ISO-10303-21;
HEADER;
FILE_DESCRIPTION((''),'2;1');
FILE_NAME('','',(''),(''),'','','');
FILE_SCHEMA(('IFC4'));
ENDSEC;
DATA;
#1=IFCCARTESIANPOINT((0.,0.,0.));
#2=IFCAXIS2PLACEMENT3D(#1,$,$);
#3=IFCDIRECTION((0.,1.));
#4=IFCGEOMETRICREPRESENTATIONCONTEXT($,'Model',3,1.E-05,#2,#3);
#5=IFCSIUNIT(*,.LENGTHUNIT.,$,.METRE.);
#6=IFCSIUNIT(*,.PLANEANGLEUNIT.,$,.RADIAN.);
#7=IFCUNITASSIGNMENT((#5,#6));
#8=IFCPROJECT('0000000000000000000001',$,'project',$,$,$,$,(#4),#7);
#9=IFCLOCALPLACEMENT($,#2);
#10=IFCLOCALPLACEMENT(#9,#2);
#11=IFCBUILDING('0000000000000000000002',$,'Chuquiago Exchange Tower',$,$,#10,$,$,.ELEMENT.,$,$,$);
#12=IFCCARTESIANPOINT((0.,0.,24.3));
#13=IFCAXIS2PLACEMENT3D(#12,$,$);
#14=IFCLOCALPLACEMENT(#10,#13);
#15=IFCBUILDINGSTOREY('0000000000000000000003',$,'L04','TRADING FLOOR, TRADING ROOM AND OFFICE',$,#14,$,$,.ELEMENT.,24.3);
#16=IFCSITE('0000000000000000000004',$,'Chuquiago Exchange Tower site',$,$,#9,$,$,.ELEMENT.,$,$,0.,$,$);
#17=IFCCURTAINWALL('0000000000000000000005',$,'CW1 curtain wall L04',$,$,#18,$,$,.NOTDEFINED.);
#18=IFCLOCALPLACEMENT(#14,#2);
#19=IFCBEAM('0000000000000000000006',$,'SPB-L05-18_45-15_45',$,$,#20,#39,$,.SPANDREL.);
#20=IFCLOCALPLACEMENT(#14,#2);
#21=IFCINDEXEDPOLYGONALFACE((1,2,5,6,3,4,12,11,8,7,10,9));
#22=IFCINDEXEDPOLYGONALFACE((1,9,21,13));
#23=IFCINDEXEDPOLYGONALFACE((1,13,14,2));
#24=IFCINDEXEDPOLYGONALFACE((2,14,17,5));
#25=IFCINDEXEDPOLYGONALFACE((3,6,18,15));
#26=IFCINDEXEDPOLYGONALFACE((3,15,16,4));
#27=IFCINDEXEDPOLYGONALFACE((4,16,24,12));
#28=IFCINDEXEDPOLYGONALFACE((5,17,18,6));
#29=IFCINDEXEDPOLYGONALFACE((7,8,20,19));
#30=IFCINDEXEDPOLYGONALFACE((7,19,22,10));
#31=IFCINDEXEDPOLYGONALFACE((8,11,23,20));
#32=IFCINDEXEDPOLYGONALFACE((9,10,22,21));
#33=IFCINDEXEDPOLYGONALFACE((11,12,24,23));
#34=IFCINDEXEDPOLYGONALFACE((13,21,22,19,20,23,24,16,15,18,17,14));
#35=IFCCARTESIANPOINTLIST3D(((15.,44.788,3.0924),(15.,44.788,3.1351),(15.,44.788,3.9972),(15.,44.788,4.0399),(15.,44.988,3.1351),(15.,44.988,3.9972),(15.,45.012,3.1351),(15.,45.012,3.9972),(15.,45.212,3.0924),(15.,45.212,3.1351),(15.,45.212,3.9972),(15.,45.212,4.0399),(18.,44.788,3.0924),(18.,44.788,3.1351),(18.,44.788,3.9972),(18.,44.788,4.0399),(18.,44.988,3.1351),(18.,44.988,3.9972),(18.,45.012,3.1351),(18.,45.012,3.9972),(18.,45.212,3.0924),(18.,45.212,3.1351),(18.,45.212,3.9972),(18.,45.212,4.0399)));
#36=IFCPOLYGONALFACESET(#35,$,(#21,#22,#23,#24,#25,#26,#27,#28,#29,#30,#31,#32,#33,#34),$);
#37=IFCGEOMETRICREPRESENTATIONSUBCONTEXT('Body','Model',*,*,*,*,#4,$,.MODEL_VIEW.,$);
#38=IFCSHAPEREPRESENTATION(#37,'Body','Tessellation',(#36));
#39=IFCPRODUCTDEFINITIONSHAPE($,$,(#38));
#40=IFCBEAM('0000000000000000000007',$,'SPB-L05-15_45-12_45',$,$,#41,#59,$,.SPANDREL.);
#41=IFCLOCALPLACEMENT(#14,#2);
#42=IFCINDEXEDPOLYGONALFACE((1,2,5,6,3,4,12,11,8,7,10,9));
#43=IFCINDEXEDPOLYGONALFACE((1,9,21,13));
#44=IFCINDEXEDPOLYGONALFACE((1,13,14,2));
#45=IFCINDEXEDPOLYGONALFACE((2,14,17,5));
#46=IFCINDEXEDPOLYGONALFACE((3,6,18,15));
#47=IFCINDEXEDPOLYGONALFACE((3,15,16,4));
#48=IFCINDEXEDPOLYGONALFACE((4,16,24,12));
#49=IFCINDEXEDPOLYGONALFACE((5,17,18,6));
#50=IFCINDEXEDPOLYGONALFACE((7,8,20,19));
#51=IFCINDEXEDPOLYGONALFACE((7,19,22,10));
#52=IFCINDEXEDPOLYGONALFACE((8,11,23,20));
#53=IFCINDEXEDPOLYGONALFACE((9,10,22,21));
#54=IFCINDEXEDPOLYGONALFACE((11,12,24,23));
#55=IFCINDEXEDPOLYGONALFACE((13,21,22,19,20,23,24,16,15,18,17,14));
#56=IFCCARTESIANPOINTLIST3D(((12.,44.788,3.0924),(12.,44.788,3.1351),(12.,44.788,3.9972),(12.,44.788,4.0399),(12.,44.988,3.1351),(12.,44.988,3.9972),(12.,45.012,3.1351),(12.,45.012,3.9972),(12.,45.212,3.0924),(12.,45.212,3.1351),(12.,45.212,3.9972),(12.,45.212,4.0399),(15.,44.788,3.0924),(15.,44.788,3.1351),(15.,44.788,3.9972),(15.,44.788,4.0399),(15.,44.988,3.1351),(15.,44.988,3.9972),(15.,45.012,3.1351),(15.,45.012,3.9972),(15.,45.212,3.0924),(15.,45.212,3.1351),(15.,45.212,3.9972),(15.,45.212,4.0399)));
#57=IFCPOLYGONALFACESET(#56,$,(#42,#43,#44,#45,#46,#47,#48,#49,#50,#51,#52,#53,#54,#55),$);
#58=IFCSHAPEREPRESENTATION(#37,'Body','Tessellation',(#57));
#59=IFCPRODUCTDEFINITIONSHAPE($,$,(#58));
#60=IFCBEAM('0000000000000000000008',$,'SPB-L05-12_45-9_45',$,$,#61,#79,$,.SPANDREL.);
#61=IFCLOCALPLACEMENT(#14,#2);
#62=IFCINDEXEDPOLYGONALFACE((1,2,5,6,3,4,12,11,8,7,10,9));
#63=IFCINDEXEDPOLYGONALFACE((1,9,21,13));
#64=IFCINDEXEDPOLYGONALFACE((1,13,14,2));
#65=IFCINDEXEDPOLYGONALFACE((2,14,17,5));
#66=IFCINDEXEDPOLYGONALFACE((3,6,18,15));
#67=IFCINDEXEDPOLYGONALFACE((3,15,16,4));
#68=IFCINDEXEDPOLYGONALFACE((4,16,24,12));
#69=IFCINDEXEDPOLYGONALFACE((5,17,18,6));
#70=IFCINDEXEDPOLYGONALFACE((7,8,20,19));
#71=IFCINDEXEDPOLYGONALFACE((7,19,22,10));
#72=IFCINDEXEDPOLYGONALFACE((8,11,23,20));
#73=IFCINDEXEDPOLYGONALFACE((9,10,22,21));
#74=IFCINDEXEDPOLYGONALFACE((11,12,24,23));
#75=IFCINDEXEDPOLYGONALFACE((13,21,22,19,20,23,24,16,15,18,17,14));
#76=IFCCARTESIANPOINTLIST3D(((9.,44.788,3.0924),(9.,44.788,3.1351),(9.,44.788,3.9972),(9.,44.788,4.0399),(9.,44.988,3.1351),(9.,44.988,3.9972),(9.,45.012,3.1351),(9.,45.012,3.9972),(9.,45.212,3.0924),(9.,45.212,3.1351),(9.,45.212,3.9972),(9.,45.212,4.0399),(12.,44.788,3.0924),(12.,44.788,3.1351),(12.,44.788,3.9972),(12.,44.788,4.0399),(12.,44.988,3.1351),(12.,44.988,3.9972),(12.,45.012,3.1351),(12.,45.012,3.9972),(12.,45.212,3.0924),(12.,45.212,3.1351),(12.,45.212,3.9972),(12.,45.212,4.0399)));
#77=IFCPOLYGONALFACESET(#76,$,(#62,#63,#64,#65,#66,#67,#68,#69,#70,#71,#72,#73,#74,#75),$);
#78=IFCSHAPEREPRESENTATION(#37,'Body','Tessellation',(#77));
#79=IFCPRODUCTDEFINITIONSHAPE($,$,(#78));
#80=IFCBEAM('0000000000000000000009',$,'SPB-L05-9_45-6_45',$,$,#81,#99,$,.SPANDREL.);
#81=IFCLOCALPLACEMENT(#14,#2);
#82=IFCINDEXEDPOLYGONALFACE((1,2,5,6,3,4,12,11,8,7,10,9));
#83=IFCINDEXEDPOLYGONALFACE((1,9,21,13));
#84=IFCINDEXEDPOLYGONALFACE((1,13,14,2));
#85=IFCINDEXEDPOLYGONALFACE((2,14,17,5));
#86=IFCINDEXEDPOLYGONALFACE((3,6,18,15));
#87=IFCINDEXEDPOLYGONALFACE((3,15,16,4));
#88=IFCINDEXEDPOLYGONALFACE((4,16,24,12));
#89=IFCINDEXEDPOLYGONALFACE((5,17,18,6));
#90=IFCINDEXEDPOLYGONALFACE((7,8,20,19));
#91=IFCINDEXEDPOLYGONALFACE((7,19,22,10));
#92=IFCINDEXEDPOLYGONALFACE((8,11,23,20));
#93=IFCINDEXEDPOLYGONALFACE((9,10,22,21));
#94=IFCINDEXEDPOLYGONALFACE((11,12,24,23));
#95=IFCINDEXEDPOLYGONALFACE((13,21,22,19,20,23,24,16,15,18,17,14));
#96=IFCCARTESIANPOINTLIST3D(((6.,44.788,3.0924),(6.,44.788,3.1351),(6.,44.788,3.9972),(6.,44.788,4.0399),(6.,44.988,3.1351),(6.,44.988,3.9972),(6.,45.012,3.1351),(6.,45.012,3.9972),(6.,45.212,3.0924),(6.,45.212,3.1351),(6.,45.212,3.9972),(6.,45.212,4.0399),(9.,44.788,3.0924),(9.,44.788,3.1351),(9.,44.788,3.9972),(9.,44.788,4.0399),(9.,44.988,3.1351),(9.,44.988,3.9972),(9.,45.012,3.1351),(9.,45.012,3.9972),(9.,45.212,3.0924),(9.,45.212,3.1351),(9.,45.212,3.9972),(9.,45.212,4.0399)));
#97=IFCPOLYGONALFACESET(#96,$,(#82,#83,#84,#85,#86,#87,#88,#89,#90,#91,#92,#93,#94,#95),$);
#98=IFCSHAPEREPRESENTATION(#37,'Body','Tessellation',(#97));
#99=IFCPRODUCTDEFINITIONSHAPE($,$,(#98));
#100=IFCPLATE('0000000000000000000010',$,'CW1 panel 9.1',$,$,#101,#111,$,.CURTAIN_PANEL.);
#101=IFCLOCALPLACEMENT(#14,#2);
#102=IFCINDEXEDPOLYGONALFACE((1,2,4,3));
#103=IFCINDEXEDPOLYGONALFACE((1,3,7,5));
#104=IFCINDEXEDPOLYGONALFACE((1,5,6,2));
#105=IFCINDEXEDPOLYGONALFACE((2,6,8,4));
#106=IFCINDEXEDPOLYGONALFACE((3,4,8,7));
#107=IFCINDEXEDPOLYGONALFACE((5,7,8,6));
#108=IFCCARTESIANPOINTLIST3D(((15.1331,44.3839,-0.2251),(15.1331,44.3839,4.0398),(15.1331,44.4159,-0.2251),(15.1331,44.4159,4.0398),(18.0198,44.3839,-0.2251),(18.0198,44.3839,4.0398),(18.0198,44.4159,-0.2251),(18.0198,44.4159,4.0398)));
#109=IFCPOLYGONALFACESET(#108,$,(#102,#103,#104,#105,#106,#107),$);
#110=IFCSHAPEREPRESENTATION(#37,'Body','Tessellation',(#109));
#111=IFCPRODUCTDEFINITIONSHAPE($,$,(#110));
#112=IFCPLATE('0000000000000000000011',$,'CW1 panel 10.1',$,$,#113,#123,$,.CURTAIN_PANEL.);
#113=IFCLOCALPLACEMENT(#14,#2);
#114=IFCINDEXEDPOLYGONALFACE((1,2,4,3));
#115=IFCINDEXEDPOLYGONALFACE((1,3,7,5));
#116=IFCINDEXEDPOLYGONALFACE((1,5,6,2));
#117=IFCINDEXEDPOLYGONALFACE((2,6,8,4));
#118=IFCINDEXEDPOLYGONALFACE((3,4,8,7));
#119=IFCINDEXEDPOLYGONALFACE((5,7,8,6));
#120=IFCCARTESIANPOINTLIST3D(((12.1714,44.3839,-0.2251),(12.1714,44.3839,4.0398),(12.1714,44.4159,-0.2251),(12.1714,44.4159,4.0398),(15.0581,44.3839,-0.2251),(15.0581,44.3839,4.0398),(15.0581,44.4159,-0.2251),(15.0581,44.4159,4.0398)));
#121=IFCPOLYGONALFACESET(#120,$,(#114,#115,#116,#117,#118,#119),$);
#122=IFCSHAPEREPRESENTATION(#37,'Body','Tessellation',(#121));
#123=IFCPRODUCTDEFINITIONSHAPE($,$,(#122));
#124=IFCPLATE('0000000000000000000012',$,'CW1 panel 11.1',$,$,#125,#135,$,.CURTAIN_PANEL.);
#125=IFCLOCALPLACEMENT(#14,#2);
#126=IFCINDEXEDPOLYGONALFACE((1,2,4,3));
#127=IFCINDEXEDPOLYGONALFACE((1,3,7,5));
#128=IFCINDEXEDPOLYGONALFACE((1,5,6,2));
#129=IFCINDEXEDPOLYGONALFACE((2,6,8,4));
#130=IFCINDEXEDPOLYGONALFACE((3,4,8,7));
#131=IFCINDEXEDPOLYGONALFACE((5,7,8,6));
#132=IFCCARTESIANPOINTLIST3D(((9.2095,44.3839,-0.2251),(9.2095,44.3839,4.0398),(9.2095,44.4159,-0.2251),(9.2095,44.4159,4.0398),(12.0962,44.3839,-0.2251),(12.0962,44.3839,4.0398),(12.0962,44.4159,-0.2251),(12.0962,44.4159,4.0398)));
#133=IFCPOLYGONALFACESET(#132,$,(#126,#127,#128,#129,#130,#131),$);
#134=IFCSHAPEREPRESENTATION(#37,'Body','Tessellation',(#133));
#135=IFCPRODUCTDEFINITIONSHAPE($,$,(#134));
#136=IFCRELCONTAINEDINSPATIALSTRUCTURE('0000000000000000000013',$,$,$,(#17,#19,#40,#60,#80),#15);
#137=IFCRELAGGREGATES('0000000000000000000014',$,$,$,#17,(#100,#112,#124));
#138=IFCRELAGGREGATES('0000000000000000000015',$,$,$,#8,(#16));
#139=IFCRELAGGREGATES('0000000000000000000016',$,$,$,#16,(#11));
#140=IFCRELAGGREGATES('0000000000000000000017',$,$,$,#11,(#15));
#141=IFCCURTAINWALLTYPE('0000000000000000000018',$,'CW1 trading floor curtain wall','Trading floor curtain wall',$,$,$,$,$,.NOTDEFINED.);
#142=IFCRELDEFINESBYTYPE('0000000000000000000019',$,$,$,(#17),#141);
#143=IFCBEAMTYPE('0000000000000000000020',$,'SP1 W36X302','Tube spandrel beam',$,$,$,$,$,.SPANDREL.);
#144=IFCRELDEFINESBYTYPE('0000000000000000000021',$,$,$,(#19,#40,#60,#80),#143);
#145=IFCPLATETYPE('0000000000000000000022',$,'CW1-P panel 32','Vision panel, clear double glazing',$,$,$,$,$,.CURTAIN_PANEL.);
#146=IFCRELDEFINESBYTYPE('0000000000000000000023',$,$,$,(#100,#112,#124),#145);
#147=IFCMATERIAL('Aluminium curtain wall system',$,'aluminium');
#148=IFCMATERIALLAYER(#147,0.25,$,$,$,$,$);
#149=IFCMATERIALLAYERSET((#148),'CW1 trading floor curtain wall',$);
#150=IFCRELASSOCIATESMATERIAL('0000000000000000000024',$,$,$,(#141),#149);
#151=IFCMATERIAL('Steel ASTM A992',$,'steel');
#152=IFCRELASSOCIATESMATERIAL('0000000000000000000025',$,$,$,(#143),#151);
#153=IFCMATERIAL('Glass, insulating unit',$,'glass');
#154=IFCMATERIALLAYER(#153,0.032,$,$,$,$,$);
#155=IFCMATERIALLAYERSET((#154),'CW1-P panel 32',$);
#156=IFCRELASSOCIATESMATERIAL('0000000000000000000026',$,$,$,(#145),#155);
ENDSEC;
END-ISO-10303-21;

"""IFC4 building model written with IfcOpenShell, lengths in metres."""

from ifc_helpers import new_model, si_unit, direction, frame, origin, origin_2d, place, context, subcontext, project, spatial, rectangle, i_section, extrude, material, layer, layer_set, material_profile, profile_set, type_object, element, aggregate, save


model = new_model("IFC4")

# Units and contexts
model_context = context("Model", 3, precision=1e-05, world=origin(), true_north=direction((0.0, 1.0)))
body_context = subcontext(model_context, "Body", "Model", "MODEL_VIEW")
ifc_project = project(units=[si_unit("LENGTHUNIT", "METRE"), si_unit("PLANEANGLEUNIT", "RADIAN")], contexts=[model_context])

# Site, building, storey
site_placement = place(None, origin())
site = spatial("IfcSite", under=ifc_project, at=site_placement, Name="Chuquiago Exchange Tower site", CompositionType="ELEMENT", RefElevation=0.0)
building_placement = place(site_placement, origin())
building = spatial("IfcBuilding", under=site, at=building_placement, Name="Chuquiago Exchange Tower", CompositionType="ELEMENT")
storey_placement = place(building_placement, frame((0.0, 0.0, 24.3)))
storey = spatial("IfcBuildingStorey", under=building, at=storey_placement, Name="L04", Description="TRADING FLOOR, TRADING ROOM AND OFFICE", CompositionType="ELEMENT", Elevation=24.3)

# Curtain wall
ifc_material_1 = material(Name="Aluminium curtain wall system", Category="aluminium")
ifc_layer_1 = layer(ifc_material_1, 0.25)
ifc_layer_set_1 = layer_set([ifc_layer_1], Name="CW1 trading floor curtain wall")
curtain_wall_type = type_object("IfcCurtainWallType", Name="CW1 trading floor curtain wall", Description="Trading floor curtain wall", PredefinedType="NOTDEFINED", material=ifc_layer_set_1)
curtain_wall_placement = place(storey_placement, origin())
curtain_wall = element("IfcCurtainWall", 1, at=curtain_wall_placement, inside=storey, type_object=curtain_wall_type, Name="CW1 curtain wall L04", PredefinedType="NOTDEFINED")

# Beams
ifc_material_2 = material(Name="Steel ASTM A992", Category="steel")
ifc_material_profile_1 = material_profile(ifc_material_2, i_section(OverallWidth=0.4241, OverallDepth=0.9475, WebThickness=0.0239, FlangeThickness=0.0427, at=origin_2d()), Name="W36X302")
ifc_profile_set_1 = profile_set([ifc_material_profile_1], Name="Steel ASTM A992")
beam_type = type_object("IfcBeamType", Name="SP1 W36X302", Description="Tube spandrel beam", PredefinedType="SPANDREL", material=ifc_profile_set_1)
for number, where, z_axis, x_axis, name in (
    (2, (18.0, 45.0, 3.5662), (-1.0, 0.0, 0.0), (0.0, -1.0, 0.0), "SPB-L05-18_45-15_45"),
    (3, (15.0, 45.0, 3.5662), (-1.0, 0.0, 0.0), (0.0, -1.0, 0.0), "SPB-L05-15_45-12_45"),
    (4, (12.0, 45.0, 3.5662), (-1.0, 0.0, 0.0), (0.0, -1.0, 0.0), "SPB-L05-12_45-9_45"),
    (5, (9.0, 45.0, 3.5662), (-1.0, 0.0, 0.0), (0.0, -1.0, 0.0), "SPB-L05-9_45-6_45"),
):
    element("IfcBeam", number, at=place(storey_placement, frame(where, z_axis=z_axis, x_axis=x_axis)), inside=storey, type_object=beam_type, Name=name, PredefinedType="SPANDREL", context=body_context, shape_type="SweptSolid", body=[
        extrude(i_section(OverallWidth=0.4241, OverallDepth=0.9475, WebThickness=0.0239, FlangeThickness=0.0427, at=origin_2d()), origin(), (0.0, 0.0, 1.0), 3.0),
    ])

# Plates
ifc_material_3 = material(Name="Glass, insulating unit", Category="glass")
ifc_layer_2 = layer(ifc_material_3, 0.032)
ifc_layer_set_2 = layer_set([ifc_layer_2], Name="CW1-P panel 32")
plate_type = type_object("IfcPlateType", Name="CW1-P panel 32", Description="Vision panel, clear double glazing", PredefinedType="CURTAIN_PANEL", material=ifc_layer_set_2)
plate_1_placement = place(storey_placement, frame((16.5764, 44.3999, -0.2251), z_axis=(0.0, 0.0, 1.0), x_axis=(-1.0, 0.0, 0.0)))
plate_1 = element("IfcPlate", 6, at=plate_1_placement, type_object=plate_type, Name="CW1 panel 9.1", PredefinedType="CURTAIN_PANEL", context=body_context, shape_type="SweptSolid", body=[
    extrude(rectangle(XDim=2.8867, YDim=0.032, at=origin_2d()), origin(), (0.0, 0.0, 1.0), 4.2649),
])
plate_2_placement = place(storey_placement, frame((13.6147, 44.3999, -0.2251), z_axis=(0.0, 0.0, 1.0), x_axis=(-1.0, 0.0, 0.0)))
plate_2 = element("IfcPlate", 7, at=plate_2_placement, type_object=plate_type, Name="CW1 panel 10.1", PredefinedType="CURTAIN_PANEL", context=body_context, shape_type="SweptSolid", body=[
    extrude(rectangle(XDim=2.8867, YDim=0.032, at=origin_2d()), origin(), (0.0, 0.0, 1.0), 4.2649),
])
plate_3_placement = place(storey_placement, frame((10.6528, 44.3999, -0.2251), z_axis=(0.0, 0.0, 1.0), x_axis=(-1.0, 0.0, 0.0)))
plate_3 = element("IfcPlate", 8, at=plate_3_placement, type_object=plate_type, Name="CW1 panel 11.1", PredefinedType="CURTAIN_PANEL", context=body_context, shape_type="SweptSolid", body=[
    extrude(rectangle(XDim=2.8867, YDim=0.032, at=origin_2d()), origin(), (0.0, 0.0, 1.0), 4.2649),
])
aggregate(curtain_wall, [plate_1, plate_2, plate_3])

save(model, "model.ifc")
